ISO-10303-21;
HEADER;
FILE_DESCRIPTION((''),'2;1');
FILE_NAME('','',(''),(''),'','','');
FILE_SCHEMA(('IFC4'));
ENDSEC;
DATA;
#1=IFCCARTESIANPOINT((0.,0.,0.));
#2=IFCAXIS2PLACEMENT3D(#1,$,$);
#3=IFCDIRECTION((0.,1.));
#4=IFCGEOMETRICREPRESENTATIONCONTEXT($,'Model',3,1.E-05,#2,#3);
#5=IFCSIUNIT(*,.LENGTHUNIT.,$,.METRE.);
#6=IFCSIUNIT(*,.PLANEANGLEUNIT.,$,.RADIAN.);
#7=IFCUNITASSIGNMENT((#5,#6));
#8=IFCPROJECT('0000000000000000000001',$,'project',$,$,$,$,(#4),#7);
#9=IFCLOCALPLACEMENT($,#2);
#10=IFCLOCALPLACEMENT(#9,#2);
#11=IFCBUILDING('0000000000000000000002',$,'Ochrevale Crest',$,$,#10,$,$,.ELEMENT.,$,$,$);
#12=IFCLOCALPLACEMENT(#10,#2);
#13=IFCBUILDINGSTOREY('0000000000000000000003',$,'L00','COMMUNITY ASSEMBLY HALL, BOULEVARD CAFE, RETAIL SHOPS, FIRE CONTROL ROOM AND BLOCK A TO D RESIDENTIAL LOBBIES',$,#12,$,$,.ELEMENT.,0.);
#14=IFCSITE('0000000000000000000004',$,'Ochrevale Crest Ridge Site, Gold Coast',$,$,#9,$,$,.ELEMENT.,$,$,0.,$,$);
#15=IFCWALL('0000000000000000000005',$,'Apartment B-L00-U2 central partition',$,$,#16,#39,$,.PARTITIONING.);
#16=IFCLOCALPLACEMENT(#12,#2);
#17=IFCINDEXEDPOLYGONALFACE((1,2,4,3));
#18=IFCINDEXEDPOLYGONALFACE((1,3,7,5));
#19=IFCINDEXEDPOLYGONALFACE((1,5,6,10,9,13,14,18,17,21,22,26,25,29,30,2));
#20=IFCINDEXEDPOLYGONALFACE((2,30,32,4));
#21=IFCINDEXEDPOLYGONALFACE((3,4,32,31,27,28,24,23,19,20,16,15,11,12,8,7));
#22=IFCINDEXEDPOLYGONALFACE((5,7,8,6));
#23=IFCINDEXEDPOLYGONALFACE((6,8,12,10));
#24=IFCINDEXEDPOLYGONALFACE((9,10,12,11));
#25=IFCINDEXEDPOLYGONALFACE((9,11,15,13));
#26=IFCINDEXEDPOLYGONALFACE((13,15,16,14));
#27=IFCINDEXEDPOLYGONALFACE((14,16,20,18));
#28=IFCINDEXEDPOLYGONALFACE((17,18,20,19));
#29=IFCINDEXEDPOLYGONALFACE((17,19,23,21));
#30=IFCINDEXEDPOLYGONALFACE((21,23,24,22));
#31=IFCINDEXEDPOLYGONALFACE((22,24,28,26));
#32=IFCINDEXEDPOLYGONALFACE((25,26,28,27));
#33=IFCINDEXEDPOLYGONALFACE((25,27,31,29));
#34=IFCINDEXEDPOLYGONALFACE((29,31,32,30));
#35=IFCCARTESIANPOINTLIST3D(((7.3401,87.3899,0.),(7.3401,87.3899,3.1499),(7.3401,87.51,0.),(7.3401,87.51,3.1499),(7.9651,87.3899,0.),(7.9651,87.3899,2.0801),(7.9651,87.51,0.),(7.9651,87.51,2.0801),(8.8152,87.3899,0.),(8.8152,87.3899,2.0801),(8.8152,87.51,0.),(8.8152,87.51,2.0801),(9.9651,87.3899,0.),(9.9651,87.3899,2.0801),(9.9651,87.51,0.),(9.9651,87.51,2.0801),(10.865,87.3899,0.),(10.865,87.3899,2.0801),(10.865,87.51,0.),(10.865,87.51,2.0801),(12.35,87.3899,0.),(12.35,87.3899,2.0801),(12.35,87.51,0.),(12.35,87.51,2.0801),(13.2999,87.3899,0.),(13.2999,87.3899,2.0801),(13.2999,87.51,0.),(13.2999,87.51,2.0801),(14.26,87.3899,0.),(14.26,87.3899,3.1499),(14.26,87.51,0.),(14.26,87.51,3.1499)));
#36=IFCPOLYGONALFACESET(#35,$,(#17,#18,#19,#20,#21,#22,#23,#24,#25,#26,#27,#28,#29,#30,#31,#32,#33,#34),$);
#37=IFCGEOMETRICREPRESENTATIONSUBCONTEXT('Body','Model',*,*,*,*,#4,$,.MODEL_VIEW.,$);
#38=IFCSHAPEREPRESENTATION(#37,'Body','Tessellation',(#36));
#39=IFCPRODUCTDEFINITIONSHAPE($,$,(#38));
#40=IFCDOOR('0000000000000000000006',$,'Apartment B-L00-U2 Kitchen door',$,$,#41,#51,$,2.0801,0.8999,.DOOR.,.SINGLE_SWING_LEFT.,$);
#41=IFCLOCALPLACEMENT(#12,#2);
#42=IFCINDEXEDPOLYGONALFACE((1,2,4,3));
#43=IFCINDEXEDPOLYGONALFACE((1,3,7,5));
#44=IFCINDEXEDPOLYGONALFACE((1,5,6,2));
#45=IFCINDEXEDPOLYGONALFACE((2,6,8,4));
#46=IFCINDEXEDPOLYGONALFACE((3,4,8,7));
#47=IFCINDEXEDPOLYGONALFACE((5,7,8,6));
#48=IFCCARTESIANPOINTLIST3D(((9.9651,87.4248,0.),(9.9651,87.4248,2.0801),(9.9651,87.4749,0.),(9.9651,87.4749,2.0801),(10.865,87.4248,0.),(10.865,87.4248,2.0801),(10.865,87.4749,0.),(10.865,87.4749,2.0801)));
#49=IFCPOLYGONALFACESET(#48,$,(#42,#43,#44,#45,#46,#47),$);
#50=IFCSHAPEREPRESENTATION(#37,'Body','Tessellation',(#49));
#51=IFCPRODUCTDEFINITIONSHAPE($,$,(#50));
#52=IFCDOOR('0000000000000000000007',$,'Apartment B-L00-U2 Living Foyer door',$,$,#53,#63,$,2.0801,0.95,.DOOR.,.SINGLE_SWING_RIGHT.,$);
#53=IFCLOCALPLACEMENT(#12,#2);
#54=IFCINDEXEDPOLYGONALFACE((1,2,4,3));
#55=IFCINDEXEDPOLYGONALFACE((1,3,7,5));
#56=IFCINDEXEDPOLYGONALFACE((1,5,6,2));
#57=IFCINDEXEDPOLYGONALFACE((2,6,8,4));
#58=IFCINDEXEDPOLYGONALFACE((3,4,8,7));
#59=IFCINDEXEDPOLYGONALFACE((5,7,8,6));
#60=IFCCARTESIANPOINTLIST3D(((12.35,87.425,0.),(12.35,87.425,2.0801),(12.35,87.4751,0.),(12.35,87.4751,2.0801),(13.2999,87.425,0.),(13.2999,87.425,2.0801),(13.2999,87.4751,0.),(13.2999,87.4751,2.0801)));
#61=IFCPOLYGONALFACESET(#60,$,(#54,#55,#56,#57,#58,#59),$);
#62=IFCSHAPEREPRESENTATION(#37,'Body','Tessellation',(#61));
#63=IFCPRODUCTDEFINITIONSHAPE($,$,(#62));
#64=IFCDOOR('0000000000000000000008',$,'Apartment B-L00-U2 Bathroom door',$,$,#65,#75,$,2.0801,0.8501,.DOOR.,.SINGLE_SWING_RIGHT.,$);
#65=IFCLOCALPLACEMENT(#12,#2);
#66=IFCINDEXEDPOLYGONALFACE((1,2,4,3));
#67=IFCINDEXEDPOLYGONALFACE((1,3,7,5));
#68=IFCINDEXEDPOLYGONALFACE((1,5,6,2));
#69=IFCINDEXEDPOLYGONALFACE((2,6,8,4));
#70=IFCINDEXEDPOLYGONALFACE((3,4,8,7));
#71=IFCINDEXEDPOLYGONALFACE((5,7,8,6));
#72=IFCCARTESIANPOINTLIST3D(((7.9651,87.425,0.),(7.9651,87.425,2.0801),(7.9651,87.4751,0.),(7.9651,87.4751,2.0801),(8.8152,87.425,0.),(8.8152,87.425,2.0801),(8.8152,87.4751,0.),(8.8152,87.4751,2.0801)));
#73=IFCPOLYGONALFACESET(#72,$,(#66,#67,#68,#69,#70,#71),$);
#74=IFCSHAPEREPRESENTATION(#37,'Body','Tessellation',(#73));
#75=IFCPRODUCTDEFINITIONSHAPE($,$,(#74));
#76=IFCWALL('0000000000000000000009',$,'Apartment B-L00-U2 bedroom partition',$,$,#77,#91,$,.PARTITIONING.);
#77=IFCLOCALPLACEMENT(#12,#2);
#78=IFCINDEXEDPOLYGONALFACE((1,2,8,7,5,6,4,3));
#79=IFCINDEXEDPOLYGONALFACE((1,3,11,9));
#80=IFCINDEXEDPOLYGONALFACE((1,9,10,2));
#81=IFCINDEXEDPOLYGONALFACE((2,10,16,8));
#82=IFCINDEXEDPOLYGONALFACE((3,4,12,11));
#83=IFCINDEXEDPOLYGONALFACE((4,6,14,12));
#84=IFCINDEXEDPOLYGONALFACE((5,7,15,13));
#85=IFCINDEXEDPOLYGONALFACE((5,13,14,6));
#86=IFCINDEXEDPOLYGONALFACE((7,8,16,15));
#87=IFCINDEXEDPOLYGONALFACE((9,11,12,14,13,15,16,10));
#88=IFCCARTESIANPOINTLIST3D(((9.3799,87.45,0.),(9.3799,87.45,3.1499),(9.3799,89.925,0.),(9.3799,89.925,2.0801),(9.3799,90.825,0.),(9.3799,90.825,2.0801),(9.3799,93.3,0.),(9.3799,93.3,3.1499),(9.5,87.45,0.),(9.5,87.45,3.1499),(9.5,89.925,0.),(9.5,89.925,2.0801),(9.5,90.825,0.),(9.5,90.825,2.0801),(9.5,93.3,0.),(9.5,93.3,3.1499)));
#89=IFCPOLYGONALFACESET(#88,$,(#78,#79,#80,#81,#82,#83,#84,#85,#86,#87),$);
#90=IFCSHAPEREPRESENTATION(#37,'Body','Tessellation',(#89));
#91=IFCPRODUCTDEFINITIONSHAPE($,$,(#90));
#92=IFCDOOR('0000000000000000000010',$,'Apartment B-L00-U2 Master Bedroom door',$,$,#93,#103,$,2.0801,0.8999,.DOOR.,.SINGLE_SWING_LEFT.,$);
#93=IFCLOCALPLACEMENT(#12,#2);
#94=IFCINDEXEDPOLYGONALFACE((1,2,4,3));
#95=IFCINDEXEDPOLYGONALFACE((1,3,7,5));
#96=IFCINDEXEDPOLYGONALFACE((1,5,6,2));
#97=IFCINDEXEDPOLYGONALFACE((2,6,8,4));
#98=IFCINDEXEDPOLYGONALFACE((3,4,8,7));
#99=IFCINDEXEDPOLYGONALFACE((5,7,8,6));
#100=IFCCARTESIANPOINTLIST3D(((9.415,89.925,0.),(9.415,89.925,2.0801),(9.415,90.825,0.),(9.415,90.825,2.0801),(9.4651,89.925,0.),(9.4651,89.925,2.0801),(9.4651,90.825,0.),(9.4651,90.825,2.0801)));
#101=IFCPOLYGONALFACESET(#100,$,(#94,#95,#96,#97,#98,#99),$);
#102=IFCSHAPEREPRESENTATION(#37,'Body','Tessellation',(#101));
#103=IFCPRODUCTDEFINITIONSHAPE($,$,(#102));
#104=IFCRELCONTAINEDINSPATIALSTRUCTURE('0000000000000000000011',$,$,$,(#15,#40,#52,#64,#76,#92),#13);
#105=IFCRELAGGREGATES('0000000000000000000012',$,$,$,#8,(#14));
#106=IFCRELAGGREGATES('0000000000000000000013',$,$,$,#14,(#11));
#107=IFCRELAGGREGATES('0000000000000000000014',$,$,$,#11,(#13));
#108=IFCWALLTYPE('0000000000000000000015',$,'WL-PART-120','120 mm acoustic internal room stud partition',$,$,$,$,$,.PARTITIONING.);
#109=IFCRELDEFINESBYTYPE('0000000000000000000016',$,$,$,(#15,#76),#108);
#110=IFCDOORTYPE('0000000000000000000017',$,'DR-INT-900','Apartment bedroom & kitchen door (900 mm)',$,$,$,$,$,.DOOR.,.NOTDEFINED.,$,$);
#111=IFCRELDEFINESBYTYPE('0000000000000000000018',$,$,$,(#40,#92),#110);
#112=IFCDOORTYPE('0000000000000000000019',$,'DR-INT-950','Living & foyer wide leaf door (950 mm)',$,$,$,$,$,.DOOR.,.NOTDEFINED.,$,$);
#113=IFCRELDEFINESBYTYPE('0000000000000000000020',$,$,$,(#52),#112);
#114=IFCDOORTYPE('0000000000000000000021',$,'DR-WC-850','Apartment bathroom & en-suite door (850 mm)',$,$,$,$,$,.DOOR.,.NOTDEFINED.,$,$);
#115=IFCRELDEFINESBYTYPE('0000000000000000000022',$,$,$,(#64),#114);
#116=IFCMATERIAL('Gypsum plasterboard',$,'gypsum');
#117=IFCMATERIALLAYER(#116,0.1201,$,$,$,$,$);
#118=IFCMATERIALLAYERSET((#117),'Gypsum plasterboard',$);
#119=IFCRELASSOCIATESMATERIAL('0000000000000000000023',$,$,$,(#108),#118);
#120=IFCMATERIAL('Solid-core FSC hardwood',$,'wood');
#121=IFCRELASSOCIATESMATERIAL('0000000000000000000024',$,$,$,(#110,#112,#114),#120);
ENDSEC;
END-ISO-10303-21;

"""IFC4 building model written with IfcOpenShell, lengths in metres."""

from ifc_helpers import new_model, si_unit, direction, frame, frame_2d, origin, place, context, subcontext, project, spatial, rectangle, extrude, material, layer, layer_set, type_object, element, fill, save


model = new_model("IFC4")

# Units and contexts
model_context = context("Model", 3, precision=1e-05, world=origin(), true_north=direction((0.0, 1.0)))
body_context = subcontext(model_context, "Body", "Model", "MODEL_VIEW")
ifc_project = project(units=[si_unit("LENGTHUNIT", "METRE"), si_unit("PLANEANGLEUNIT", "RADIAN")], contexts=[model_context])

# Site, building, storey
site_placement = place(None, origin())
site = spatial("IfcSite", under=ifc_project, at=site_placement, Name="Ochrevale Crest Ridge Site, Gold Coast", CompositionType="ELEMENT", RefElevation=0.0)
building_placement = place(site_placement, origin())
building = spatial("IfcBuilding", under=site, at=building_placement, Name="Ochrevale Crest", CompositionType="ELEMENT")
storey_placement = place(building_placement, origin())
storey = spatial("IfcBuildingStorey", under=building, at=storey_placement, Name="L00", Description="COMMUNITY ASSEMBLY HALL, BOULEVARD CAFE, RETAIL SHOPS, FIRE CONTROL ROOM AND BLOCK A TO D RESIDENTIAL LOBBIES", CompositionType="ELEMENT", Elevation=0.0)

# Shared definitions
ifc_material_1 = material(Name="Gypsum plasterboard", Category="gypsum")
ifc_layer_1 = layer(ifc_material_1, 0.1201)
ifc_layer_set_1 = layer_set([ifc_layer_1], Name="Gypsum plasterboard")
wall_type_1 = type_object("IfcWallType", Name="WL-PART-120", Description="120 mm acoustic internal room stud partition", PredefinedType="PARTITIONING", material=ifc_layer_set_1)
ifc_material_2 = material(Name="Solid-core FSC hardwood", Category="wood")
door_type_1 = type_object("IfcDoorType", Name="DR-INT-900", Description="Apartment bedroom & kitchen door (900 mm)", OperationType="NOTDEFINED", PredefinedType="DOOR", material=ifc_material_2)
door_type_2 = type_object("IfcDoorType", Name="DR-INT-950", Description="Living & foyer wide leaf door (950 mm)", OperationType="NOTDEFINED", PredefinedType="DOOR", material=ifc_material_2)
door_type_3 = type_object("IfcDoorType", Name="DR-WC-850", Description="Apartment bathroom & en-suite door (850 mm)", OperationType="NOTDEFINED", PredefinedType="DOOR", material=ifc_material_2)

# Wall, openings, doors
wall_1_placement = place(storey_placement, frame((7.3401, 87.45, 0.0), z_axis=(0.0, 0.0, 1.0), x_axis=(1.0, 0.0, 0.0)))
wall_1 = element("IfcWall", 1, at=wall_1_placement, inside=storey, type_object=wall_type_1, Name="Apartment B-L00-U2 central partition", PredefinedType="PARTITIONING", context=body_context, shape_type="SweptSolid", body=[
    extrude(rectangle(XDim=6.9199, YDim=0.1201, at=frame_2d((3.46, 0.0))), origin(), (0.0, 0.0, 1.0), 3.1499),
])
opening_1_placement = place(wall_1_placement, frame((1.4751, 0.0, 0.0), z_axis=(0.0, 0.0, 1.0), x_axis=(-1.0, 0.0, 0.0)))
opening_1 = element("IfcOpeningElement", 2, at=opening_1_placement, cuts=wall_1, PredefinedType="OPENING", context=body_context, shape_type="SweptSolid", body=[
    extrude(rectangle(XDim=0.8501, YDim=2.0801, at=frame_2d((0.425, 1.04))), frame((0.0, 0.0701, 0.0), z_axis=(0.0, -1.0, 0.0), x_axis=(1.0, 0.0, 0.0)), (0.0, 0.0, 1.0), 0.1401),
])
opening_2_placement = place(wall_1_placement, frame((2.625, 0.0, 0.0)))
opening_2 = element("IfcOpeningElement", 3, at=opening_2_placement, cuts=wall_1, PredefinedType="OPENING", context=body_context, shape_type="SweptSolid", body=[
    extrude(rectangle(XDim=0.8999, YDim=2.0801, at=frame_2d((0.45, 1.04))), frame((0.0, 0.0701, 0.0), z_axis=(0.0, -1.0, 0.0), x_axis=(1.0, 0.0, 0.0)), (0.0, 0.0, 1.0), 0.1401),
])
opening_3_placement = place(wall_1_placement, frame((5.96, 0.0, 0.0), z_axis=(0.0, 0.0, 1.0), x_axis=(-1.0, 0.0, 0.0)))
opening_3 = element("IfcOpeningElement", 4, at=opening_3_placement, cuts=wall_1, PredefinedType="OPENING", context=body_context, shape_type="SweptSolid", body=[
    extrude(rectangle(XDim=0.95, YDim=2.0801, at=frame_2d((0.4751, 1.04))), frame((0.0, 0.0701, 0.0), z_axis=(0.0, -1.0, 0.0), x_axis=(1.0, 0.0, 0.0)), (0.0, 0.0, 1.0), 0.1401),
])
door_1_placement = place(opening_2_placement, origin())
door_1 = element("IfcDoor", 5, at=door_1_placement, inside=storey, type_object=door_type_1, Name="Apartment B-L00-U2 Kitchen door", OperationType="SINGLE_SWING_LEFT", OverallHeight=2.0801, OverallWidth=0.8999, PredefinedType="DOOR", context=body_context, shape_type="SweptSolid", body=[
    extrude(rectangle(XDim=0.8999, YDim=2.0801, at=frame_2d((0.45, 1.04))), frame((0.0, 0.0249, 0.0), z_axis=(0.0, -1.0, 0.0), x_axis=(1.0, 0.0, 0.0)), (0.0, 0.0, 1.0), 0.05),
])
fill(opening_2, door_1)
door_2_placement = place(opening_3_placement, origin())
door_2 = element("IfcDoor", 6, at=door_2_placement, inside=storey, type_object=door_type_2, Name="Apartment B-L00-U2 Living Foyer door", OperationType="SINGLE_SWING_RIGHT", OverallHeight=2.0801, OverallWidth=0.95, PredefinedType="DOOR", context=body_context, shape_type="SweptSolid", body=[
    extrude(rectangle(XDim=0.95, YDim=2.0801, at=frame_2d((0.4751, 1.04))), frame((0.0, 0.0249, 0.0), z_axis=(0.0, -1.0, 0.0), x_axis=(1.0, 0.0, 0.0)), (0.0, 0.0, 1.0), 0.05),
])
fill(opening_3, door_2)
door_3_placement = place(opening_1_placement, origin())
door_3 = element("IfcDoor", 7, at=door_3_placement, inside=storey, type_object=door_type_3, Name="Apartment B-L00-U2 Bathroom door", OperationType="SINGLE_SWING_RIGHT", OverallHeight=2.0801, OverallWidth=0.8501, PredefinedType="DOOR", context=body_context, shape_type="SweptSolid", body=[
    extrude(rectangle(XDim=0.8501, YDim=2.0801, at=frame_2d((0.425, 1.04))), frame((0.0, 0.0249, 0.0), z_axis=(0.0, -1.0, 0.0), x_axis=(1.0, 0.0, 0.0)), (0.0, 0.0, 1.0), 0.05),
])
fill(opening_1, door_3)

# Wall, opening, door
wall_2_placement = place(storey_placement, frame((9.4399, 87.45, 0.0), z_axis=(0.0, 0.0, 1.0), x_axis=(0.0, 1.0, 0.0)))
wall_2 = element("IfcWall", 8, at=wall_2_placement, inside=storey, type_object=wall_type_1, Name="Apartment B-L00-U2 bedroom partition", PredefinedType="PARTITIONING", context=body_context, shape_type="SweptSolid", body=[
    extrude(rectangle(XDim=5.8501, YDim=0.1201, at=frame_2d((2.925, 0.0))), origin(), (0.0, 0.0, 1.0), 3.1499),
])
opening_4_placement = place(wall_2_placement, frame((2.4751, 0.0, 0.0)))
opening_4 = element("IfcOpeningElement", 9, at=opening_4_placement, cuts=wall_2, PredefinedType="OPENING", context=body_context, shape_type="SweptSolid", body=[
    extrude(rectangle(XDim=0.8999, YDim=2.0801, at=frame_2d((0.45, 1.04))), frame((0.0, 0.0701, 0.0), z_axis=(0.0, -1.0, 0.0), x_axis=(1.0, 0.0, 0.0)), (0.0, 0.0, 1.0), 0.1401),
])
door_4_placement = place(opening_4_placement, origin())
door_4 = element("IfcDoor", 10, at=door_4_placement, inside=storey, type_object=door_type_1, Name="Apartment B-L00-U2 Master Bedroom door", OperationType="SINGLE_SWING_LEFT", OverallHeight=2.0801, OverallWidth=0.8999, PredefinedType="DOOR", context=body_context, shape_type="SweptSolid", body=[
    extrude(rectangle(XDim=0.8999, YDim=2.0801, at=frame_2d((0.45, 1.04))), frame((0.0, 0.0249, 0.0), z_axis=(0.0, -1.0, 0.0), x_axis=(1.0, 0.0, 0.0)), (0.0, 0.0, 1.0), 0.05),
])
fill(opening_4, door_4)

save(model, "model.ifc")
